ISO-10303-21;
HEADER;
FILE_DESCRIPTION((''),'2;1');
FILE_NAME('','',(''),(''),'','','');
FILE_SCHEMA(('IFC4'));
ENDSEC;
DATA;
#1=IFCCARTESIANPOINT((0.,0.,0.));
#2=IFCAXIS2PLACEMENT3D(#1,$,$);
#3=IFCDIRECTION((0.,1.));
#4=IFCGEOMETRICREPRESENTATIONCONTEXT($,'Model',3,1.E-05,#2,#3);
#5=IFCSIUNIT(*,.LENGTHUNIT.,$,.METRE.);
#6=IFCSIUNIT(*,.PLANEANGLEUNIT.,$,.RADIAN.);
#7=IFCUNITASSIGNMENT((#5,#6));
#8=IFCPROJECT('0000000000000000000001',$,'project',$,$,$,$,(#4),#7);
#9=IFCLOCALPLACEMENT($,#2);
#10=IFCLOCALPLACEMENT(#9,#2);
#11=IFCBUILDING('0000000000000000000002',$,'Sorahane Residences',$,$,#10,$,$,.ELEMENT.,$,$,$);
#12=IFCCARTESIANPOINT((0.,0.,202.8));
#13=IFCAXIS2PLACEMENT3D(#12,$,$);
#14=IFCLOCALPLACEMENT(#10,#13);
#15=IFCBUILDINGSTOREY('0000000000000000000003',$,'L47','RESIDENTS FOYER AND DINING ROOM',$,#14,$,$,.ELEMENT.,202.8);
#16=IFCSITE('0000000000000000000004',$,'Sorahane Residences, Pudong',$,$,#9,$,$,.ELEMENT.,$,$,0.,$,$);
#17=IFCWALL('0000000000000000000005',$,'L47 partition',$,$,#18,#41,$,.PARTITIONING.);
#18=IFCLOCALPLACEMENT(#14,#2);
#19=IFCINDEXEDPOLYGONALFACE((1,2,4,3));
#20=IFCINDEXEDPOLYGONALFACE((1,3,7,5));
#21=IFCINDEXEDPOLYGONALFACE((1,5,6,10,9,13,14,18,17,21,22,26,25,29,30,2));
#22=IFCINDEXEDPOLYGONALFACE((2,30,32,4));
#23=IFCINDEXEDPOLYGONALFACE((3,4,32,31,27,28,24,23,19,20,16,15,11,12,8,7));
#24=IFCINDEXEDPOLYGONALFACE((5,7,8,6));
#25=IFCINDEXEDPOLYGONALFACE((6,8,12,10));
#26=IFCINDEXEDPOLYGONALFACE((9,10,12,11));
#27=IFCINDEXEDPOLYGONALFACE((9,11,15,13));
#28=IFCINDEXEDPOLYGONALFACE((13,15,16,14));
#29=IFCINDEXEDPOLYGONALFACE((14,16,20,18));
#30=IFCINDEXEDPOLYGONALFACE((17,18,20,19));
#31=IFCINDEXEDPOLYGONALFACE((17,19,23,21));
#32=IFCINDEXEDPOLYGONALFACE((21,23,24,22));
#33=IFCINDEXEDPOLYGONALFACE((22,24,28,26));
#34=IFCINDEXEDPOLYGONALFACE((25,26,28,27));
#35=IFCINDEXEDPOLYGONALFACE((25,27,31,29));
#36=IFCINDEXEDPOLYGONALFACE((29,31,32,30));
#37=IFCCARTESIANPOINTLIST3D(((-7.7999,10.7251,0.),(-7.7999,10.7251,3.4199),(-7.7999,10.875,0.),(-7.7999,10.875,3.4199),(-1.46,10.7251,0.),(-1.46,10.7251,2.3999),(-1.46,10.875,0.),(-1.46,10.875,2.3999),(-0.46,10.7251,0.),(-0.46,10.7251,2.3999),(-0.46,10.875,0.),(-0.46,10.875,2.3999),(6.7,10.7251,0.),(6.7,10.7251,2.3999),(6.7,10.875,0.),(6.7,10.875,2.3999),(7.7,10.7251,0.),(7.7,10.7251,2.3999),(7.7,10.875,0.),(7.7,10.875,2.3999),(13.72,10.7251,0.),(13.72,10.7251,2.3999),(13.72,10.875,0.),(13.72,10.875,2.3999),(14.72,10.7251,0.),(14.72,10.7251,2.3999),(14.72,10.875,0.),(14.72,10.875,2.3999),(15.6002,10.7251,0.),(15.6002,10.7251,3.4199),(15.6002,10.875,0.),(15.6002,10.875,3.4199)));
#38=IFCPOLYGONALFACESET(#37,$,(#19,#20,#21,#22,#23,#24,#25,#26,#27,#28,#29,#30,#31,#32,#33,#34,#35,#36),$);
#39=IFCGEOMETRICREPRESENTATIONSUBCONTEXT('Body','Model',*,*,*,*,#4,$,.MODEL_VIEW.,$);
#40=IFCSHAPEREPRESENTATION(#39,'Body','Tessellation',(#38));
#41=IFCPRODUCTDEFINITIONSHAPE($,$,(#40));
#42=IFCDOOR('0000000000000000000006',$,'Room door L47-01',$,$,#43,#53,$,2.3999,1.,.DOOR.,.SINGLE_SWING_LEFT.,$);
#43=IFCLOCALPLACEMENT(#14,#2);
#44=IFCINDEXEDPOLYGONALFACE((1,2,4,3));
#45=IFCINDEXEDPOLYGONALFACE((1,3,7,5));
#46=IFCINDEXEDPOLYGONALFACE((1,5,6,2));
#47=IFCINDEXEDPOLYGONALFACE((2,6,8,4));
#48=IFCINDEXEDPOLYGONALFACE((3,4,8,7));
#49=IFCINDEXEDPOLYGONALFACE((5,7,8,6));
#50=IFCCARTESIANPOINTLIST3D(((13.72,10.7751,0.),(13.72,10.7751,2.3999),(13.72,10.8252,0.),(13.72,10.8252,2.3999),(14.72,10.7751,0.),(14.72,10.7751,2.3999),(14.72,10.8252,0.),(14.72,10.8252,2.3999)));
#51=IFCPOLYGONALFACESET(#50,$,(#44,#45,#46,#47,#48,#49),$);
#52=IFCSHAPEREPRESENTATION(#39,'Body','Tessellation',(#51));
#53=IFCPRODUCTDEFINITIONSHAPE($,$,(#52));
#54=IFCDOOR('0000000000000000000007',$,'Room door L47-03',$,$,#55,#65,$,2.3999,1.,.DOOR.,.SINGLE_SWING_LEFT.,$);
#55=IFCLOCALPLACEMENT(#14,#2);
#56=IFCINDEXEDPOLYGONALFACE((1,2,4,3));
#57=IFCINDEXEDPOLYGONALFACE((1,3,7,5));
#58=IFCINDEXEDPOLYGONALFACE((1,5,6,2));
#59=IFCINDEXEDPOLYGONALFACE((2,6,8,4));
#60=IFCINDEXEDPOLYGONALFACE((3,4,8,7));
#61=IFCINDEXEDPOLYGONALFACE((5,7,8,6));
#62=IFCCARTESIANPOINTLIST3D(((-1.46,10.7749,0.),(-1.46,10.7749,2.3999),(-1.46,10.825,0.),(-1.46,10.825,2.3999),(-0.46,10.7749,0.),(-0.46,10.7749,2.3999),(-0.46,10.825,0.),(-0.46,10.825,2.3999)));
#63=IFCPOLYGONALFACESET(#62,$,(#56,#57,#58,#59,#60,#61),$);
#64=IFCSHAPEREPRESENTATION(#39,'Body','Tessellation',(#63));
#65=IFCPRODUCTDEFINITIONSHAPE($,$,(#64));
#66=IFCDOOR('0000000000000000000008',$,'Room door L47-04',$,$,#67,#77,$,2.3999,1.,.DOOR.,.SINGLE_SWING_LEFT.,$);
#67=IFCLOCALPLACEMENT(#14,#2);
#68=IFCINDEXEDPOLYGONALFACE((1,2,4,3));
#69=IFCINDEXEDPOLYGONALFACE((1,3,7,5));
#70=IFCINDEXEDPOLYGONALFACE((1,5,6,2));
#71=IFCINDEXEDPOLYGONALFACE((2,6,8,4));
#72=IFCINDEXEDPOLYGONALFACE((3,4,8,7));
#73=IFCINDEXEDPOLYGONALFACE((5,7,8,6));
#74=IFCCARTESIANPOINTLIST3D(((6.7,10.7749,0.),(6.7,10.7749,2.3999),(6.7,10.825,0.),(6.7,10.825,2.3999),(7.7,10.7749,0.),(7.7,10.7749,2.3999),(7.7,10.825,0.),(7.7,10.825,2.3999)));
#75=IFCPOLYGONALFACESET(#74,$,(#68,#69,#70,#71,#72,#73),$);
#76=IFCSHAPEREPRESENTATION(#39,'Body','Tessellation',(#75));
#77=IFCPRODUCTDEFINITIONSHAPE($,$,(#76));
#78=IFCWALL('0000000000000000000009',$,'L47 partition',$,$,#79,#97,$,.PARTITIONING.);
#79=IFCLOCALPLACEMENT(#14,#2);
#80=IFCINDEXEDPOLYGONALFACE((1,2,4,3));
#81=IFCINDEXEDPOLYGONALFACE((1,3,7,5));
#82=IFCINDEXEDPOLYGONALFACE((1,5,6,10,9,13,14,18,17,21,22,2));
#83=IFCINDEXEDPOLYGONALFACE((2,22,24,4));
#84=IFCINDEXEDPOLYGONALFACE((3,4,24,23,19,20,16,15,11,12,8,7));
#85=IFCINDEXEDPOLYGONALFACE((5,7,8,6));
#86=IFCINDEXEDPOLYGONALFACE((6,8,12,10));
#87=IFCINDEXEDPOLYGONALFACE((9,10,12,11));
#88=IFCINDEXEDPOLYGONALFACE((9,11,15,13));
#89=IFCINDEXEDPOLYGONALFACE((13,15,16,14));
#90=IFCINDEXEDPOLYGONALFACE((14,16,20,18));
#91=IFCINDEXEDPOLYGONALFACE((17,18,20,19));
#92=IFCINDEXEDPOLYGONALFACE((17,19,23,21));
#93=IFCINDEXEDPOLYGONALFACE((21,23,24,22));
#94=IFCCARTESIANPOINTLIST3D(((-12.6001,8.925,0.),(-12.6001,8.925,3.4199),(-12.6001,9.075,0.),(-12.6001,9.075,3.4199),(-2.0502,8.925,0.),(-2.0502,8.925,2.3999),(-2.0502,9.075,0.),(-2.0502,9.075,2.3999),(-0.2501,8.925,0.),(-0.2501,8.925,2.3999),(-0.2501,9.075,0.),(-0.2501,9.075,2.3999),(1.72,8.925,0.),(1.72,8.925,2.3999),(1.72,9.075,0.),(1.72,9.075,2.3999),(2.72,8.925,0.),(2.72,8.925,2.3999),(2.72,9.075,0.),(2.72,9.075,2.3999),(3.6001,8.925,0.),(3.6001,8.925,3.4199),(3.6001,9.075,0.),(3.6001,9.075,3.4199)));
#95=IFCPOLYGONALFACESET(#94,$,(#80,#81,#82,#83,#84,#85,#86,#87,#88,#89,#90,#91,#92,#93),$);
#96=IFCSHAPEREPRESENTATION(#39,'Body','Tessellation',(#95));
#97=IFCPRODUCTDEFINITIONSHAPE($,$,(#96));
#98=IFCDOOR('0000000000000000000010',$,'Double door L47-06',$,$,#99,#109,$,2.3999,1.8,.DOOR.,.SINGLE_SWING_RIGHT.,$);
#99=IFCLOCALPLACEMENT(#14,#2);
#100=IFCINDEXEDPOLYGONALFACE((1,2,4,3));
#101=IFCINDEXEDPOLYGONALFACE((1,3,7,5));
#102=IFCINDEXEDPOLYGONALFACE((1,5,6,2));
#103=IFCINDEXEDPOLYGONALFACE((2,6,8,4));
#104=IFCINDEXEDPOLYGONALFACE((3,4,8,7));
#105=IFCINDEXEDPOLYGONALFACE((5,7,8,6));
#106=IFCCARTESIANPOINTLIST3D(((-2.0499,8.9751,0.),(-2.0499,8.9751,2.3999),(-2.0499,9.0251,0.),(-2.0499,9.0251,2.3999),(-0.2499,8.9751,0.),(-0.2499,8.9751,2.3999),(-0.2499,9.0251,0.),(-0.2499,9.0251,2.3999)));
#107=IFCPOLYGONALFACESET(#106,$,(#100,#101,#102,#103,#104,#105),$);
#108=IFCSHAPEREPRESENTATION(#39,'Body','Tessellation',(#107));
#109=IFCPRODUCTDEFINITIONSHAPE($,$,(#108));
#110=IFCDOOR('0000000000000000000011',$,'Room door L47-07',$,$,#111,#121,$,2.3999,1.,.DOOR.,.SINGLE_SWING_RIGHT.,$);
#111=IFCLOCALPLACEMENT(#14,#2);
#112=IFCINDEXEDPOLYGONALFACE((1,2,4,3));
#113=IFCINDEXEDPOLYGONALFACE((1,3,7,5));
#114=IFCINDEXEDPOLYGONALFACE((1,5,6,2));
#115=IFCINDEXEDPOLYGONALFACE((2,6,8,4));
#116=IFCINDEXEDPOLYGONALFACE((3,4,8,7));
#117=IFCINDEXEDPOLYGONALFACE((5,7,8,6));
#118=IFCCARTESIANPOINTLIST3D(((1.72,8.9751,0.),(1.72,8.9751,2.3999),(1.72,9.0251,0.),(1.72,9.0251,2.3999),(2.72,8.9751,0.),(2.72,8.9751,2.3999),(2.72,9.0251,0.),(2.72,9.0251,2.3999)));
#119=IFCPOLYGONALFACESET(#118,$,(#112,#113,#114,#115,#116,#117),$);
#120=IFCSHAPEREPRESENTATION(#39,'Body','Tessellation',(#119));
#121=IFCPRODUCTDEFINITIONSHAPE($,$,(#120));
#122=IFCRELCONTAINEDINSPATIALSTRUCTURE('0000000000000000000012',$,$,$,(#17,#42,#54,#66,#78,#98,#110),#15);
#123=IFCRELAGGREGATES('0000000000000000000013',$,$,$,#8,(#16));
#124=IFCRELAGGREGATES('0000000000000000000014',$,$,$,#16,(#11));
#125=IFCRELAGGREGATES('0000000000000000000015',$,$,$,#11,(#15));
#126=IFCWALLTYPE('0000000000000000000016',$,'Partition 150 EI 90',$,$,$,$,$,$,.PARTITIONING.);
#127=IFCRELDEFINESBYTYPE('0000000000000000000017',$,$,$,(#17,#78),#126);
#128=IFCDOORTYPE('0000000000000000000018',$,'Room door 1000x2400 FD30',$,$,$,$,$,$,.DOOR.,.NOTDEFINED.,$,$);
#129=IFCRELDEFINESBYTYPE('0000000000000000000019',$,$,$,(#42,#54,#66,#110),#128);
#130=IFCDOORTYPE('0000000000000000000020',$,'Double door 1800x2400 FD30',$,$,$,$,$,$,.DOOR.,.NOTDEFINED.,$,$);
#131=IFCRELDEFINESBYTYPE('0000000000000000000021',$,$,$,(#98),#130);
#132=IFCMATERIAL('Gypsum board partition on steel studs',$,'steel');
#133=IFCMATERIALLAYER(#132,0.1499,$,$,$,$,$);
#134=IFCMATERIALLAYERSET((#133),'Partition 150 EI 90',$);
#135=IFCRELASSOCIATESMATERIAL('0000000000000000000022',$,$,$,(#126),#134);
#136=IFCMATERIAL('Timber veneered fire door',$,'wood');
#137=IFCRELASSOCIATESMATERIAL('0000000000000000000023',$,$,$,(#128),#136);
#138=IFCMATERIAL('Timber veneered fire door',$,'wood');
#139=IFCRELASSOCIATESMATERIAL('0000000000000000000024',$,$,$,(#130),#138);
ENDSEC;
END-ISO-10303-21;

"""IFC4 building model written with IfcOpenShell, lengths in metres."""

from ifc_helpers import new_model, si_unit, direction, frame, frame_2d, origin, place, context, subcontext, project, spatial, rectangle, extrude, material, layer, layer_set, type_object, element, fill, save


model = new_model("IFC4")

# Units and contexts
model_context = context("Model", 3, precision=1e-05, world=origin(), true_north=direction((0.0, 1.0)))
body_context = subcontext(model_context, "Body", "Model", "MODEL_VIEW")
ifc_project = project(units=[si_unit("LENGTHUNIT", "METRE"), si_unit("PLANEANGLEUNIT", "RADIAN")], contexts=[model_context])

# Site, building, storey
site_placement = place(None, origin())
site = spatial("IfcSite", under=ifc_project, at=site_placement, Name="Sorahane Residences, Pudong", CompositionType="ELEMENT", RefElevation=0.0)
building_placement = place(site_placement, origin())
building = spatial("IfcBuilding", under=site, at=building_placement, Name="Sorahane Residences", CompositionType="ELEMENT")
storey_placement = place(building_placement, frame((0.0, 0.0, 202.8)))
storey = spatial("IfcBuildingStorey", under=building, at=storey_placement, Name="L47", Description="RESIDENTS FOYER AND DINING ROOM", CompositionType="ELEMENT", Elevation=202.8)

# Walls, openings, doors
ifc_material_1 = material(Name="Gypsum board partition on steel studs", Category="steel")
ifc_layer_1 = layer(ifc_material_1, 0.1499)
ifc_layer_set_1 = layer_set([ifc_layer_1], Name="Partition 150 EI 90")
wall_type_1 = type_object("IfcWallType", Name="Partition 150 EI 90", PredefinedType="PARTITIONING", material=ifc_layer_set_1)
wall_1_placement = place(storey_placement, frame((-7.8, 10.8, 0.0), z_axis=(0.0, 0.0, 1.0), x_axis=(1.0, 0.0, 0.0)))
wall_1 = element("IfcWall", 1, at=wall_1_placement, inside=storey, type_object=wall_type_1, Name="L47 partition", PredefinedType="PARTITIONING", context=body_context, shape_type="SweptSolid", body=[
    extrude(rectangle(XDim=23.4001, YDim=0.1499, at=frame_2d((11.7002, 0.0))), origin(), (0.0, 0.0, 1.0), 3.4199),
])
opening_1_placement = place(wall_1_placement, frame((21.52, 0.0, 0.0)))
opening_1 = element("IfcOpeningElement", 2, at=opening_1_placement, cuts=wall_1, PredefinedType="OPENING", context=body_context, shape_type="SweptSolid", body=[
    extrude(rectangle(XDim=1.0, YDim=2.3999, at=frame_2d((0.5, 1.2))), frame((0.0, 0.085, 0.0), z_axis=(0.0, -1.0, 0.0), x_axis=(1.0, 0.0, 0.0)), (0.0, 0.0, 1.0), 0.1699),
])
opening_2_placement = place(wall_1_placement, frame((6.3401, 0.0, 0.0)))
opening_2 = element("IfcOpeningElement", 3, at=opening_2_placement, cuts=wall_1, PredefinedType="OPENING", context=body_context, shape_type="SweptSolid", body=[
    extrude(rectangle(XDim=1.0, YDim=2.3999, at=frame_2d((0.5, 1.2))), frame((0.0, 0.085, 0.0), z_axis=(0.0, -1.0, 0.0), x_axis=(1.0, 0.0, 0.0)), (0.0, 0.0, 1.0), 0.1699),
])
opening_3_placement = place(wall_1_placement, frame((14.5, 0.0, 0.0)))
opening_3 = element("IfcOpeningElement", 4, at=opening_3_placement, cuts=wall_1, PredefinedType="OPENING", context=body_context, shape_type="SweptSolid", body=[
    extrude(rectangle(XDim=1.0, YDim=2.3999, at=frame_2d((0.5, 1.2))), frame((0.0, 0.085, 0.0), z_axis=(0.0, -1.0, 0.0), x_axis=(1.0, 0.0, 0.0)), (0.0, 0.0, 1.0), 0.1699),
])
ifc_material_2 = material(Name="Timber veneered fire door", Category="wood")
door_type_1 = type_object("IfcDoorType", Name="Room door 1000x2400 FD30", OperationType="NOTDEFINED", PredefinedType="DOOR", material=ifc_material_2)
door_1_placement = place(opening_1_placement, frame((1.0, 0.0, 0.0), z_axis=(0.0, 0.0, 1.0), x_axis=(-1.0, 0.0, 0.0)))
door_1 = element("IfcDoor", 5, at=door_1_placement, inside=storey, type_object=door_type_1, Name="Room door L47-01", OperationType="SINGLE_SWING_LEFT", OverallHeight=2.3999, OverallWidth=1.0, PredefinedType="DOOR", context=body_context, shape_type="SweptSolid", body=[
    extrude(rectangle(XDim=1.0, YDim=2.3999, at=frame_2d((0.5, 1.2))), frame((0.0, 0.0249, 0.0), z_axis=(0.0, -1.0, 0.0), x_axis=(1.0, 0.0, 0.0)), (0.0, 0.0, 1.0), 0.05),
])
fill(opening_1, door_1)
door_2_placement = place(opening_2_placement, origin())
door_2 = element("IfcDoor", 6, at=door_2_placement, inside=storey, type_object=door_type_1, Name="Room door L47-03", OperationType="SINGLE_SWING_LEFT", OverallHeight=2.3999, OverallWidth=1.0, PredefinedType="DOOR", context=body_context, shape_type="SweptSolid", body=[
    extrude(rectangle(XDim=1.0, YDim=2.3999, at=frame_2d((0.5, 1.2))), frame((0.0, 0.0249, 0.0), z_axis=(0.0, -1.0, 0.0), x_axis=(1.0, 0.0, 0.0)), (0.0, 0.0, 1.0), 0.05),
])
fill(opening_2, door_2)
door_3_placement = place(opening_3_placement, origin())
door_3 = element("IfcDoor", 7, at=door_3_placement, inside=storey, type_object=door_type_1, Name="Room door L47-04", OperationType="SINGLE_SWING_LEFT", OverallHeight=2.3999, OverallWidth=1.0, PredefinedType="DOOR", context=body_context, shape_type="SweptSolid", body=[
    extrude(rectangle(XDim=1.0, YDim=2.3999, at=frame_2d((0.5, 1.2))), frame((0.0, 0.0249, 0.0), z_axis=(0.0, -1.0, 0.0), x_axis=(1.0, 0.0, 0.0)), (0.0, 0.0, 1.0), 0.05),
])
fill(opening_3, door_3)
wall_2_placement = place(storey_placement, frame((-12.6001, 9.0, 0.0), z_axis=(0.0, 0.0, 1.0), x_axis=(1.0, 0.0, 0.0)))
wall_2 = element("IfcWall", 8, at=wall_2_placement, inside=storey, type_object=wall_type_1, Name="L47 partition", PredefinedType="PARTITIONING", context=body_context, shape_type="SweptSolid", body=[
    extrude(rectangle(XDim=16.2002, YDim=0.1499, at=frame_2d((8.1001, 0.0))), origin(), (0.0, 0.0, 1.0), 3.4199),
])
opening_4_placement = place(wall_2_placement, frame((10.55, 0.0, 0.0)))
opening_4 = element("IfcOpeningElement", 9, at=opening_4_placement, cuts=wall_2, PredefinedType="OPENING", context=body_context, shape_type="SweptSolid", body=[
    extrude(rectangle(XDim=1.8, YDim=2.3999, at=frame_2d((0.8999, 1.2))), frame((0.0, 0.085, 0.0), z_axis=(0.0, -1.0, 0.0), x_axis=(1.0, 0.0, 0.0)), (0.0, 0.0, 1.0), 0.1699),
])
opening_5_placement = place(wall_2_placement, frame((14.3201, 0.0, 0.0)))
opening_5 = element("IfcOpeningElement", 10, at=opening_5_placement, cuts=wall_2, PredefinedType="OPENING", context=body_context, shape_type="SweptSolid", body=[
    extrude(rectangle(XDim=1.0, YDim=2.3999, at=frame_2d((0.5, 1.2))), frame((0.0, 0.085, 0.0), z_axis=(0.0, -1.0, 0.0), x_axis=(1.0, 0.0, 0.0)), (0.0, 0.0, 1.0), 0.1699),
])
ifc_material_3 = material(Name="Timber veneered fire door", Category="wood")
door_type_2 = type_object("IfcDoorType", Name="Double door 1800x2400 FD30", OperationType="NOTDEFINED", PredefinedType="DOOR", material=ifc_material_3)
door_4_placement = place(opening_4_placement, frame((1.8, 0.0, 0.0), z_axis=(0.0, 0.0, 1.0), x_axis=(-1.0, 0.0, 0.0)))
door_4 = element("IfcDoor", 11, at=door_4_placement, inside=storey, type_object=door_type_2, Name="Double door L47-06", OperationType="SINGLE_SWING_RIGHT", OverallHeight=2.3999, OverallWidth=1.8, PredefinedType="DOOR", context=body_context, shape_type="SweptSolid", body=[
    extrude(rectangle(XDim=1.8, YDim=2.3999, at=frame_2d((0.8999, 1.2))), frame((0.0, 0.0249, 0.0), z_axis=(0.0, -1.0, 0.0), x_axis=(1.0, 0.0, 0.0)), (0.0, 0.0, 1.0), 0.05),
])
fill(opening_4, door_4)
door_5_placement = place(opening_5_placement, frame((1.0, 0.0, 0.0), z_axis=(0.0, 0.0, 1.0), x_axis=(-1.0, 0.0, 0.0)))
door_5 = element("IfcDoor", 12, at=door_5_placement, inside=storey, type_object=door_type_1, Name="Room door L47-07", OperationType="SINGLE_SWING_RIGHT", OverallHeight=2.3999, OverallWidth=1.0, PredefinedType="DOOR", context=body_context, shape_type="SweptSolid", body=[
    extrude(rectangle(XDim=1.0, YDim=2.3999, at=frame_2d((0.5, 1.2))), frame((0.0, 0.0249, 0.0), z_axis=(0.0, -1.0, 0.0), x_axis=(1.0, 0.0, 0.0)), (0.0, 0.0, 1.0), 0.05),
])
fill(opening_5, door_5)

save(model, "model.ifc")
